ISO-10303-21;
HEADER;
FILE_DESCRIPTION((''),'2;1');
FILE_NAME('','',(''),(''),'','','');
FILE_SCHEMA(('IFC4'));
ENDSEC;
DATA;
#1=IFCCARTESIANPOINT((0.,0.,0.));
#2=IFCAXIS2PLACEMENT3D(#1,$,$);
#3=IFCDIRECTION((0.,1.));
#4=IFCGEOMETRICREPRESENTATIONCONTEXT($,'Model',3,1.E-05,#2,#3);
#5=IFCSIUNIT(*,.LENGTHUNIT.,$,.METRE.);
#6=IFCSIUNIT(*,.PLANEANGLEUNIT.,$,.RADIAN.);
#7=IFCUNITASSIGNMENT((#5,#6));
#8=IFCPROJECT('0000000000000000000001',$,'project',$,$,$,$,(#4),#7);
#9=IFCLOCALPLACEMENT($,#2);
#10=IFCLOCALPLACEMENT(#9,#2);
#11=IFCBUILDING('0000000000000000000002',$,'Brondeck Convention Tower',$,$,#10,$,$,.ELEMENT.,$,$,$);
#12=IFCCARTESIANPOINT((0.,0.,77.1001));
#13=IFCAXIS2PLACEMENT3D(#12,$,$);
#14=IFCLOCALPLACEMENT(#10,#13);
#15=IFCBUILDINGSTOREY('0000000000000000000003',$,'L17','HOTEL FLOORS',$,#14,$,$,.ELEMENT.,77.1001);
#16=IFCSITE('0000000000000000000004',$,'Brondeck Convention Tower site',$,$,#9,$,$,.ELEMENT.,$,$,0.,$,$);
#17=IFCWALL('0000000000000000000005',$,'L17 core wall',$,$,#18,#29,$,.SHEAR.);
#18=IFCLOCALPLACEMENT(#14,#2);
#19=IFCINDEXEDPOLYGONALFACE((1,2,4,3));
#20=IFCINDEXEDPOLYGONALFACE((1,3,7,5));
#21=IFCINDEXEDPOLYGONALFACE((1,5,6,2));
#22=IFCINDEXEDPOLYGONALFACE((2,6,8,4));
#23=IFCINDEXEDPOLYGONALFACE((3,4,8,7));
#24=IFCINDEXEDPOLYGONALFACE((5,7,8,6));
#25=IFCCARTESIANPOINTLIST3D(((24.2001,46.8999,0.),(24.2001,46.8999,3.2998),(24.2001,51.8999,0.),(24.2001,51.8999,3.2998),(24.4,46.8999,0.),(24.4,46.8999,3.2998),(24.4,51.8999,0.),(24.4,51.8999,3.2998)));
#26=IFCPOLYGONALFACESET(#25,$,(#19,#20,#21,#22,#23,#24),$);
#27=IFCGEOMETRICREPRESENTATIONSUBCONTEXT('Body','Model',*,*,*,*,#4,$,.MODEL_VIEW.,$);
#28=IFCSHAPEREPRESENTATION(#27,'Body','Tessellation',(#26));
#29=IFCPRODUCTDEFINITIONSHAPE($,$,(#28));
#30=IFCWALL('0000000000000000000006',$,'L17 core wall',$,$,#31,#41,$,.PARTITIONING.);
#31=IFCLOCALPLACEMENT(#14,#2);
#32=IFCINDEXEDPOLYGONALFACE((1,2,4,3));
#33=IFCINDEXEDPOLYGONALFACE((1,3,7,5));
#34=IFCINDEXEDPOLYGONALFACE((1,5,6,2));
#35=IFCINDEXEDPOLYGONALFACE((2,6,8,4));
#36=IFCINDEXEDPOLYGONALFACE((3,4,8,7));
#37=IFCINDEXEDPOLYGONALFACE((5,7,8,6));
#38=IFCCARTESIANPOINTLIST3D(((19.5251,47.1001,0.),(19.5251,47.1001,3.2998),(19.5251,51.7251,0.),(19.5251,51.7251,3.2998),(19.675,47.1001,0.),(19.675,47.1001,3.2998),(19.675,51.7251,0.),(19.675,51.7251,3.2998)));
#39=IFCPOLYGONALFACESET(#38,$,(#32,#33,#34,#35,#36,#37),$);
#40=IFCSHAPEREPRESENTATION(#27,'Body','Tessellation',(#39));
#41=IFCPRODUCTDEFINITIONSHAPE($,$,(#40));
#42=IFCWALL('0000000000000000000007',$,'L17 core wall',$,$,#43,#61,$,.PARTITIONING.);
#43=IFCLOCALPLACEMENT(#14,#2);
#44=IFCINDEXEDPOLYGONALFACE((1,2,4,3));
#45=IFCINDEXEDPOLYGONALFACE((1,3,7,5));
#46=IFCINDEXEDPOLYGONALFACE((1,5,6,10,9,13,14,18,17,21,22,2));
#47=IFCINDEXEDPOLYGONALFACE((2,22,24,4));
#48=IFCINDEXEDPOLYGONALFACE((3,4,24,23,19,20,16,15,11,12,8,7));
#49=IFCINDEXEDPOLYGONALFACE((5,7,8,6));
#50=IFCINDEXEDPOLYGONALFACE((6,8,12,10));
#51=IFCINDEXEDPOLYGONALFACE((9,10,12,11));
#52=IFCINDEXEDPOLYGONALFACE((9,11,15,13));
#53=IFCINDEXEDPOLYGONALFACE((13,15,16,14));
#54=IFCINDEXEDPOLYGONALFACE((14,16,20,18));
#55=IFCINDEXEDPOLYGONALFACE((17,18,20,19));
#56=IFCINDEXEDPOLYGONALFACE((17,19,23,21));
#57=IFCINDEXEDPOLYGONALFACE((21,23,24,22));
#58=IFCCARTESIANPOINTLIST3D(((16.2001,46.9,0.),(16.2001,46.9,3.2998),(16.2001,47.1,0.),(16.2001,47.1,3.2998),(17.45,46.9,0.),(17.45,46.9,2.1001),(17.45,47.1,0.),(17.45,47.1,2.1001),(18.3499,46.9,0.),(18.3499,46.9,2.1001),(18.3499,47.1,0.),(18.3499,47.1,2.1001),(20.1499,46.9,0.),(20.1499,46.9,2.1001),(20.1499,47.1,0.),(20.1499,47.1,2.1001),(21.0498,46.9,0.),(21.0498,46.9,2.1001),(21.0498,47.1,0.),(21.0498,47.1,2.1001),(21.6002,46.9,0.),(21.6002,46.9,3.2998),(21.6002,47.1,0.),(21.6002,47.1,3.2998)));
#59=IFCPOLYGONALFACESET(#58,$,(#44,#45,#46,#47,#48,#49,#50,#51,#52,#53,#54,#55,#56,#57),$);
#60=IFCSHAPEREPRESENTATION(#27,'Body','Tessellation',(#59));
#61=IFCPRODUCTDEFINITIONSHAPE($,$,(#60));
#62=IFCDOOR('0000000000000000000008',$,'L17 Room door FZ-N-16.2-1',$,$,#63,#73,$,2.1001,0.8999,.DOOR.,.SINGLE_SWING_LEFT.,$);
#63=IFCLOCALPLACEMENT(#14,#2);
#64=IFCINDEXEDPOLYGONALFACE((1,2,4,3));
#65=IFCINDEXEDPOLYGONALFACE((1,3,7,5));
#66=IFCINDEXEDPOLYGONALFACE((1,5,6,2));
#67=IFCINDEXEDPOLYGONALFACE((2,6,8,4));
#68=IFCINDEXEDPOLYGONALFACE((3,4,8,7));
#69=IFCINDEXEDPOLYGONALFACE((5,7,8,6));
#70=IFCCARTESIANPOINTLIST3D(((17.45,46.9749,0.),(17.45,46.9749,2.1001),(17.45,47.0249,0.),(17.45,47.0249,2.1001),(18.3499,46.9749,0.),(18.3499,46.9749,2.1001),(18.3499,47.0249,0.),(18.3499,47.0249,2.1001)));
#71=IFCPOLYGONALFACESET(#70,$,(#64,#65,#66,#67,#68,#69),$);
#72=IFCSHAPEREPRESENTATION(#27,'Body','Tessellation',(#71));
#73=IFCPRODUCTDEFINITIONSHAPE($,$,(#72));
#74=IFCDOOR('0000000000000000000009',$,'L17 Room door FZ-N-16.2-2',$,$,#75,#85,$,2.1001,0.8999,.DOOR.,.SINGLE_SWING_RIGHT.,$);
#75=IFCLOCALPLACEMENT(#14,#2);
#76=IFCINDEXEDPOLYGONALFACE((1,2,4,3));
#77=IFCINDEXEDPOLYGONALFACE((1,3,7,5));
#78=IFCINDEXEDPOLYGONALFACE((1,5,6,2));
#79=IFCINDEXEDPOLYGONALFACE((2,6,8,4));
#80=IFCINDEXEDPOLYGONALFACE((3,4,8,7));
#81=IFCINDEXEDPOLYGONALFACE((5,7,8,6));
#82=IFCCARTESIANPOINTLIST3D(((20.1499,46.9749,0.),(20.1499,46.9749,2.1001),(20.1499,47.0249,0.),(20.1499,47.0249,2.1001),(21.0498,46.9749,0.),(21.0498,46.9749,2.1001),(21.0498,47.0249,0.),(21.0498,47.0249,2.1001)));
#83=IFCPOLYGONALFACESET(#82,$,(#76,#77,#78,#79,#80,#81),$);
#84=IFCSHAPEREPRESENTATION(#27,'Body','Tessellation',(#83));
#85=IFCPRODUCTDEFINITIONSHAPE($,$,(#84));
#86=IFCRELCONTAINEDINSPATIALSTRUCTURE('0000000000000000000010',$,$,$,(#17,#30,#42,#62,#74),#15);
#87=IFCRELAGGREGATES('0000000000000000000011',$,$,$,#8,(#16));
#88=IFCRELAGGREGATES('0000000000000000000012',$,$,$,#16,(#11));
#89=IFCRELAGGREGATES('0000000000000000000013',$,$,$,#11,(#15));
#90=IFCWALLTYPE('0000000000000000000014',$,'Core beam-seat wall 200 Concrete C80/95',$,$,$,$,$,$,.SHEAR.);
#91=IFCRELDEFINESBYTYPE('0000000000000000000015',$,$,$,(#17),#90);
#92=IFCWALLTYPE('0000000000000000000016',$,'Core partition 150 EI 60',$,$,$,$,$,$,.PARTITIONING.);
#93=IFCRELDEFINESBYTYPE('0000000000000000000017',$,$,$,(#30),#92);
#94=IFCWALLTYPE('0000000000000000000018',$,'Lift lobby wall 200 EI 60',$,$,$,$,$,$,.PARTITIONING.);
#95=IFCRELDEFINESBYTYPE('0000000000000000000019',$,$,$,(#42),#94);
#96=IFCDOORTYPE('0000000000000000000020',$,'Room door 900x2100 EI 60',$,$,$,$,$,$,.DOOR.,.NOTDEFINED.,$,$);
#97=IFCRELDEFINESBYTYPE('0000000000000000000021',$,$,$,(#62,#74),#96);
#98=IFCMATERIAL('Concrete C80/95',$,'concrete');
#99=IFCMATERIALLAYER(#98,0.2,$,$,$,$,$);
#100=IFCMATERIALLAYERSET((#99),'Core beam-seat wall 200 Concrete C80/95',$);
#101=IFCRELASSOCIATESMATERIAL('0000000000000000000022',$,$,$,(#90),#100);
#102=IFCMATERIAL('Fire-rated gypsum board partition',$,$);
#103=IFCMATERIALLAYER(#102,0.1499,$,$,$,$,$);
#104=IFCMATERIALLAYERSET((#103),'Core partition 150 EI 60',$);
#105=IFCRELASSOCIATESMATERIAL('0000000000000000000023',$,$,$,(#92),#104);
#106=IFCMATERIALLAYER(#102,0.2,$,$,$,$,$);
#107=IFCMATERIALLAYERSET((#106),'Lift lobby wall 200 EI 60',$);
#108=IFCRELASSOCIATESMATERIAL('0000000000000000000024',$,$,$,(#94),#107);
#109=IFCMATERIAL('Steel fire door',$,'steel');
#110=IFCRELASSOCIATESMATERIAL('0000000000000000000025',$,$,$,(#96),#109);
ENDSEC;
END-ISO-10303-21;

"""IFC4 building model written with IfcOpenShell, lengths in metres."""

from ifc_helpers import new_model, si_unit, direction, frame, frame_2d, origin, place, context, subcontext, project, spatial, rectangle, extrude, material, layer, layer_set, type_object, element, fill, save


model = new_model("IFC4")

# Units and contexts
model_context = context("Model", 3, precision=1e-05, world=origin(), true_north=direction((0.0, 1.0)))
body_context = subcontext(model_context, "Body", "Model", "MODEL_VIEW")
ifc_project = project(units=[si_unit("LENGTHUNIT", "METRE"), si_unit("PLANEANGLEUNIT", "RADIAN")], contexts=[model_context])

# Site, building, storey
site_placement = place(None, origin())
site = spatial("IfcSite", under=ifc_project, at=site_placement, Name="Brondeck Convention Tower site", CompositionType="ELEMENT", RefElevation=0.0)
building_placement = place(site_placement, origin())
building = spatial("IfcBuilding", under=site, at=building_placement, Name="Brondeck Convention Tower", CompositionType="ELEMENT")
storey_placement = place(building_placement, frame((0.0, 0.0, 77.1001)))
storey = spatial("IfcBuildingStorey", under=building, at=storey_placement, Name="L17", Description="HOTEL FLOORS", CompositionType="ELEMENT", Elevation=77.1001)

# Walls
ifc_material_1 = material(Name="Concrete C80/95", Category="concrete")
ifc_layer_1 = layer(ifc_material_1, 0.2)
ifc_layer_set_1 = layer_set([ifc_layer_1], Name="Core beam-seat wall 200 Concrete C80/95")
wall_type_1 = type_object("IfcWallType", Name="Core beam-seat wall 200 Concrete C80/95", PredefinedType="SHEAR", material=ifc_layer_set_1)
wall_1_placement = place(storey_placement, frame((24.3, 46.8999, 0.0), z_axis=(0.0, 0.0, 1.0), x_axis=(0.0, 1.0, 0.0)))
element("IfcWall", 1, at=wall_1_placement, inside=storey, type_object=wall_type_1, Name="L17 core wall", PredefinedType="SHEAR", context=body_context, shape_type="SweptSolid", body=[
    extrude(rectangle(XDim=5.0, YDim=0.2, at=frame_2d((2.5, 0.0))), origin(), (0.0, 0.0, 1.0), 3.2998),
])
ifc_material_2 = material(Name="Fire-rated gypsum board partition")
ifc_layer_2 = layer(ifc_material_2, 0.1499)
ifc_layer_set_2 = layer_set([ifc_layer_2], Name="Core partition 150 EI 60")
wall_type_2 = type_object("IfcWallType", Name="Core partition 150 EI 60", PredefinedType="PARTITIONING", material=ifc_layer_set_2)
wall_2_placement = place(storey_placement, frame((19.6001, 47.1001, 0.0), z_axis=(0.0, 0.0, 1.0), x_axis=(0.0, 1.0, 0.0)))
element("IfcWall", 2, at=wall_2_placement, inside=storey, type_object=wall_type_2, Name="L17 core wall", PredefinedType="PARTITIONING", context=body_context, shape_type="SweptSolid", body=[
    extrude(rectangle(XDim=4.625, YDim=0.1499, at=frame_2d((2.3125, 0.0))), origin(), (0.0, 0.0, 1.0), 3.2998),
])

# Wall, openings, doors
ifc_layer_3 = layer(ifc_material_2, 0.2)
ifc_layer_set_3 = layer_set([ifc_layer_3], Name="Lift lobby wall 200 EI 60")
wall_type_3 = type_object("IfcWallType", Name="Lift lobby wall 200 EI 60", PredefinedType="PARTITIONING", material=ifc_layer_set_3)
wall_3_placement = place(storey_placement, frame((16.2, 47.0, 0.0), z_axis=(0.0, 0.0, 1.0), x_axis=(1.0, 0.0, 0.0)))
wall_3 = element("IfcWall", 3, at=wall_3_placement, inside=storey, type_object=wall_type_3, Name="L17 core wall", PredefinedType="PARTITIONING", context=body_context, shape_type="SweptSolid", body=[
    extrude(rectangle(XDim=5.4001, YDim=0.2, at=frame_2d((2.7002, 0.0))), origin(), (0.0, 0.0, 1.0), 3.2998),
])
opening_1_placement = place(wall_3_placement, frame((1.25, 0.0, 0.0)))
opening_1 = element("IfcOpeningElement", 4, at=opening_1_placement, cuts=wall_3, PredefinedType="OPENING", context=body_context, shape_type="SweptSolid", body=[
    extrude(rectangle(XDim=0.8999, YDim=2.1001, at=frame_2d((0.45, 1.05))), frame((0.0, 0.1099, 0.0), z_axis=(0.0, -1.0, 0.0), x_axis=(1.0, 0.0, 0.0)), (0.0, 0.0, 1.0), 0.22),
])
opening_2_placement = place(wall_3_placement, frame((3.95, 0.0, 0.0)))
opening_2 = element("IfcOpeningElement", 5, at=opening_2_placement, cuts=wall_3, PredefinedType="OPENING", context=body_context, shape_type="SweptSolid", body=[
    extrude(rectangle(XDim=0.8999, YDim=2.1001, at=frame_2d((0.45, 1.05))), frame((0.0, 0.1099, 0.0), z_axis=(0.0, -1.0, 0.0), x_axis=(1.0, 0.0, 0.0)), (0.0, 0.0, 1.0), 0.22),
])
ifc_material_3 = material(Name="Steel fire door", Category="steel")
door_type_1 = type_object("IfcDoorType", Name="Room door 900x2100 EI 60", OperationType="NOTDEFINED", PredefinedType="DOOR", material=ifc_material_3)
door_1_placement = place(opening_1_placement, origin())
door_1 = element("IfcDoor", 6, at=door_1_placement, inside=storey, type_object=door_type_1, Name="L17 Room door FZ-N-16.2-1", OperationType="SINGLE_SWING_LEFT", OverallHeight=2.1001, OverallWidth=0.8999, PredefinedType="DOOR", context=body_context, shape_type="SweptSolid", body=[
    extrude(rectangle(XDim=0.8999, YDim=2.1001, at=frame_2d((0.45, 1.05))), frame((0.0, 0.0249, 0.0), z_axis=(0.0, -1.0, 0.0), x_axis=(1.0, 0.0, 0.0)), (0.0, 0.0, 1.0), 0.05),
])
fill(opening_1, door_1)
door_2_placement = place(opening_2_placement, origin())
door_2 = element("IfcDoor", 7, at=door_2_placement, inside=storey, type_object=door_type_1, Name="L17 Room door FZ-N-16.2-2", OperationType="SINGLE_SWING_RIGHT", OverallHeight=2.1001, OverallWidth=0.8999, PredefinedType="DOOR", context=body_context, shape_type="SweptSolid", body=[
    extrude(rectangle(XDim=0.8999, YDim=2.1001, at=frame_2d((0.45, 1.05))), frame((0.0, 0.0249, 0.0), z_axis=(0.0, -1.0, 0.0), x_axis=(1.0, 0.0, 0.0)), (0.0, 0.0, 1.0), 0.05),
])
fill(opening_2, door_2)

save(model, "model.ifc")
